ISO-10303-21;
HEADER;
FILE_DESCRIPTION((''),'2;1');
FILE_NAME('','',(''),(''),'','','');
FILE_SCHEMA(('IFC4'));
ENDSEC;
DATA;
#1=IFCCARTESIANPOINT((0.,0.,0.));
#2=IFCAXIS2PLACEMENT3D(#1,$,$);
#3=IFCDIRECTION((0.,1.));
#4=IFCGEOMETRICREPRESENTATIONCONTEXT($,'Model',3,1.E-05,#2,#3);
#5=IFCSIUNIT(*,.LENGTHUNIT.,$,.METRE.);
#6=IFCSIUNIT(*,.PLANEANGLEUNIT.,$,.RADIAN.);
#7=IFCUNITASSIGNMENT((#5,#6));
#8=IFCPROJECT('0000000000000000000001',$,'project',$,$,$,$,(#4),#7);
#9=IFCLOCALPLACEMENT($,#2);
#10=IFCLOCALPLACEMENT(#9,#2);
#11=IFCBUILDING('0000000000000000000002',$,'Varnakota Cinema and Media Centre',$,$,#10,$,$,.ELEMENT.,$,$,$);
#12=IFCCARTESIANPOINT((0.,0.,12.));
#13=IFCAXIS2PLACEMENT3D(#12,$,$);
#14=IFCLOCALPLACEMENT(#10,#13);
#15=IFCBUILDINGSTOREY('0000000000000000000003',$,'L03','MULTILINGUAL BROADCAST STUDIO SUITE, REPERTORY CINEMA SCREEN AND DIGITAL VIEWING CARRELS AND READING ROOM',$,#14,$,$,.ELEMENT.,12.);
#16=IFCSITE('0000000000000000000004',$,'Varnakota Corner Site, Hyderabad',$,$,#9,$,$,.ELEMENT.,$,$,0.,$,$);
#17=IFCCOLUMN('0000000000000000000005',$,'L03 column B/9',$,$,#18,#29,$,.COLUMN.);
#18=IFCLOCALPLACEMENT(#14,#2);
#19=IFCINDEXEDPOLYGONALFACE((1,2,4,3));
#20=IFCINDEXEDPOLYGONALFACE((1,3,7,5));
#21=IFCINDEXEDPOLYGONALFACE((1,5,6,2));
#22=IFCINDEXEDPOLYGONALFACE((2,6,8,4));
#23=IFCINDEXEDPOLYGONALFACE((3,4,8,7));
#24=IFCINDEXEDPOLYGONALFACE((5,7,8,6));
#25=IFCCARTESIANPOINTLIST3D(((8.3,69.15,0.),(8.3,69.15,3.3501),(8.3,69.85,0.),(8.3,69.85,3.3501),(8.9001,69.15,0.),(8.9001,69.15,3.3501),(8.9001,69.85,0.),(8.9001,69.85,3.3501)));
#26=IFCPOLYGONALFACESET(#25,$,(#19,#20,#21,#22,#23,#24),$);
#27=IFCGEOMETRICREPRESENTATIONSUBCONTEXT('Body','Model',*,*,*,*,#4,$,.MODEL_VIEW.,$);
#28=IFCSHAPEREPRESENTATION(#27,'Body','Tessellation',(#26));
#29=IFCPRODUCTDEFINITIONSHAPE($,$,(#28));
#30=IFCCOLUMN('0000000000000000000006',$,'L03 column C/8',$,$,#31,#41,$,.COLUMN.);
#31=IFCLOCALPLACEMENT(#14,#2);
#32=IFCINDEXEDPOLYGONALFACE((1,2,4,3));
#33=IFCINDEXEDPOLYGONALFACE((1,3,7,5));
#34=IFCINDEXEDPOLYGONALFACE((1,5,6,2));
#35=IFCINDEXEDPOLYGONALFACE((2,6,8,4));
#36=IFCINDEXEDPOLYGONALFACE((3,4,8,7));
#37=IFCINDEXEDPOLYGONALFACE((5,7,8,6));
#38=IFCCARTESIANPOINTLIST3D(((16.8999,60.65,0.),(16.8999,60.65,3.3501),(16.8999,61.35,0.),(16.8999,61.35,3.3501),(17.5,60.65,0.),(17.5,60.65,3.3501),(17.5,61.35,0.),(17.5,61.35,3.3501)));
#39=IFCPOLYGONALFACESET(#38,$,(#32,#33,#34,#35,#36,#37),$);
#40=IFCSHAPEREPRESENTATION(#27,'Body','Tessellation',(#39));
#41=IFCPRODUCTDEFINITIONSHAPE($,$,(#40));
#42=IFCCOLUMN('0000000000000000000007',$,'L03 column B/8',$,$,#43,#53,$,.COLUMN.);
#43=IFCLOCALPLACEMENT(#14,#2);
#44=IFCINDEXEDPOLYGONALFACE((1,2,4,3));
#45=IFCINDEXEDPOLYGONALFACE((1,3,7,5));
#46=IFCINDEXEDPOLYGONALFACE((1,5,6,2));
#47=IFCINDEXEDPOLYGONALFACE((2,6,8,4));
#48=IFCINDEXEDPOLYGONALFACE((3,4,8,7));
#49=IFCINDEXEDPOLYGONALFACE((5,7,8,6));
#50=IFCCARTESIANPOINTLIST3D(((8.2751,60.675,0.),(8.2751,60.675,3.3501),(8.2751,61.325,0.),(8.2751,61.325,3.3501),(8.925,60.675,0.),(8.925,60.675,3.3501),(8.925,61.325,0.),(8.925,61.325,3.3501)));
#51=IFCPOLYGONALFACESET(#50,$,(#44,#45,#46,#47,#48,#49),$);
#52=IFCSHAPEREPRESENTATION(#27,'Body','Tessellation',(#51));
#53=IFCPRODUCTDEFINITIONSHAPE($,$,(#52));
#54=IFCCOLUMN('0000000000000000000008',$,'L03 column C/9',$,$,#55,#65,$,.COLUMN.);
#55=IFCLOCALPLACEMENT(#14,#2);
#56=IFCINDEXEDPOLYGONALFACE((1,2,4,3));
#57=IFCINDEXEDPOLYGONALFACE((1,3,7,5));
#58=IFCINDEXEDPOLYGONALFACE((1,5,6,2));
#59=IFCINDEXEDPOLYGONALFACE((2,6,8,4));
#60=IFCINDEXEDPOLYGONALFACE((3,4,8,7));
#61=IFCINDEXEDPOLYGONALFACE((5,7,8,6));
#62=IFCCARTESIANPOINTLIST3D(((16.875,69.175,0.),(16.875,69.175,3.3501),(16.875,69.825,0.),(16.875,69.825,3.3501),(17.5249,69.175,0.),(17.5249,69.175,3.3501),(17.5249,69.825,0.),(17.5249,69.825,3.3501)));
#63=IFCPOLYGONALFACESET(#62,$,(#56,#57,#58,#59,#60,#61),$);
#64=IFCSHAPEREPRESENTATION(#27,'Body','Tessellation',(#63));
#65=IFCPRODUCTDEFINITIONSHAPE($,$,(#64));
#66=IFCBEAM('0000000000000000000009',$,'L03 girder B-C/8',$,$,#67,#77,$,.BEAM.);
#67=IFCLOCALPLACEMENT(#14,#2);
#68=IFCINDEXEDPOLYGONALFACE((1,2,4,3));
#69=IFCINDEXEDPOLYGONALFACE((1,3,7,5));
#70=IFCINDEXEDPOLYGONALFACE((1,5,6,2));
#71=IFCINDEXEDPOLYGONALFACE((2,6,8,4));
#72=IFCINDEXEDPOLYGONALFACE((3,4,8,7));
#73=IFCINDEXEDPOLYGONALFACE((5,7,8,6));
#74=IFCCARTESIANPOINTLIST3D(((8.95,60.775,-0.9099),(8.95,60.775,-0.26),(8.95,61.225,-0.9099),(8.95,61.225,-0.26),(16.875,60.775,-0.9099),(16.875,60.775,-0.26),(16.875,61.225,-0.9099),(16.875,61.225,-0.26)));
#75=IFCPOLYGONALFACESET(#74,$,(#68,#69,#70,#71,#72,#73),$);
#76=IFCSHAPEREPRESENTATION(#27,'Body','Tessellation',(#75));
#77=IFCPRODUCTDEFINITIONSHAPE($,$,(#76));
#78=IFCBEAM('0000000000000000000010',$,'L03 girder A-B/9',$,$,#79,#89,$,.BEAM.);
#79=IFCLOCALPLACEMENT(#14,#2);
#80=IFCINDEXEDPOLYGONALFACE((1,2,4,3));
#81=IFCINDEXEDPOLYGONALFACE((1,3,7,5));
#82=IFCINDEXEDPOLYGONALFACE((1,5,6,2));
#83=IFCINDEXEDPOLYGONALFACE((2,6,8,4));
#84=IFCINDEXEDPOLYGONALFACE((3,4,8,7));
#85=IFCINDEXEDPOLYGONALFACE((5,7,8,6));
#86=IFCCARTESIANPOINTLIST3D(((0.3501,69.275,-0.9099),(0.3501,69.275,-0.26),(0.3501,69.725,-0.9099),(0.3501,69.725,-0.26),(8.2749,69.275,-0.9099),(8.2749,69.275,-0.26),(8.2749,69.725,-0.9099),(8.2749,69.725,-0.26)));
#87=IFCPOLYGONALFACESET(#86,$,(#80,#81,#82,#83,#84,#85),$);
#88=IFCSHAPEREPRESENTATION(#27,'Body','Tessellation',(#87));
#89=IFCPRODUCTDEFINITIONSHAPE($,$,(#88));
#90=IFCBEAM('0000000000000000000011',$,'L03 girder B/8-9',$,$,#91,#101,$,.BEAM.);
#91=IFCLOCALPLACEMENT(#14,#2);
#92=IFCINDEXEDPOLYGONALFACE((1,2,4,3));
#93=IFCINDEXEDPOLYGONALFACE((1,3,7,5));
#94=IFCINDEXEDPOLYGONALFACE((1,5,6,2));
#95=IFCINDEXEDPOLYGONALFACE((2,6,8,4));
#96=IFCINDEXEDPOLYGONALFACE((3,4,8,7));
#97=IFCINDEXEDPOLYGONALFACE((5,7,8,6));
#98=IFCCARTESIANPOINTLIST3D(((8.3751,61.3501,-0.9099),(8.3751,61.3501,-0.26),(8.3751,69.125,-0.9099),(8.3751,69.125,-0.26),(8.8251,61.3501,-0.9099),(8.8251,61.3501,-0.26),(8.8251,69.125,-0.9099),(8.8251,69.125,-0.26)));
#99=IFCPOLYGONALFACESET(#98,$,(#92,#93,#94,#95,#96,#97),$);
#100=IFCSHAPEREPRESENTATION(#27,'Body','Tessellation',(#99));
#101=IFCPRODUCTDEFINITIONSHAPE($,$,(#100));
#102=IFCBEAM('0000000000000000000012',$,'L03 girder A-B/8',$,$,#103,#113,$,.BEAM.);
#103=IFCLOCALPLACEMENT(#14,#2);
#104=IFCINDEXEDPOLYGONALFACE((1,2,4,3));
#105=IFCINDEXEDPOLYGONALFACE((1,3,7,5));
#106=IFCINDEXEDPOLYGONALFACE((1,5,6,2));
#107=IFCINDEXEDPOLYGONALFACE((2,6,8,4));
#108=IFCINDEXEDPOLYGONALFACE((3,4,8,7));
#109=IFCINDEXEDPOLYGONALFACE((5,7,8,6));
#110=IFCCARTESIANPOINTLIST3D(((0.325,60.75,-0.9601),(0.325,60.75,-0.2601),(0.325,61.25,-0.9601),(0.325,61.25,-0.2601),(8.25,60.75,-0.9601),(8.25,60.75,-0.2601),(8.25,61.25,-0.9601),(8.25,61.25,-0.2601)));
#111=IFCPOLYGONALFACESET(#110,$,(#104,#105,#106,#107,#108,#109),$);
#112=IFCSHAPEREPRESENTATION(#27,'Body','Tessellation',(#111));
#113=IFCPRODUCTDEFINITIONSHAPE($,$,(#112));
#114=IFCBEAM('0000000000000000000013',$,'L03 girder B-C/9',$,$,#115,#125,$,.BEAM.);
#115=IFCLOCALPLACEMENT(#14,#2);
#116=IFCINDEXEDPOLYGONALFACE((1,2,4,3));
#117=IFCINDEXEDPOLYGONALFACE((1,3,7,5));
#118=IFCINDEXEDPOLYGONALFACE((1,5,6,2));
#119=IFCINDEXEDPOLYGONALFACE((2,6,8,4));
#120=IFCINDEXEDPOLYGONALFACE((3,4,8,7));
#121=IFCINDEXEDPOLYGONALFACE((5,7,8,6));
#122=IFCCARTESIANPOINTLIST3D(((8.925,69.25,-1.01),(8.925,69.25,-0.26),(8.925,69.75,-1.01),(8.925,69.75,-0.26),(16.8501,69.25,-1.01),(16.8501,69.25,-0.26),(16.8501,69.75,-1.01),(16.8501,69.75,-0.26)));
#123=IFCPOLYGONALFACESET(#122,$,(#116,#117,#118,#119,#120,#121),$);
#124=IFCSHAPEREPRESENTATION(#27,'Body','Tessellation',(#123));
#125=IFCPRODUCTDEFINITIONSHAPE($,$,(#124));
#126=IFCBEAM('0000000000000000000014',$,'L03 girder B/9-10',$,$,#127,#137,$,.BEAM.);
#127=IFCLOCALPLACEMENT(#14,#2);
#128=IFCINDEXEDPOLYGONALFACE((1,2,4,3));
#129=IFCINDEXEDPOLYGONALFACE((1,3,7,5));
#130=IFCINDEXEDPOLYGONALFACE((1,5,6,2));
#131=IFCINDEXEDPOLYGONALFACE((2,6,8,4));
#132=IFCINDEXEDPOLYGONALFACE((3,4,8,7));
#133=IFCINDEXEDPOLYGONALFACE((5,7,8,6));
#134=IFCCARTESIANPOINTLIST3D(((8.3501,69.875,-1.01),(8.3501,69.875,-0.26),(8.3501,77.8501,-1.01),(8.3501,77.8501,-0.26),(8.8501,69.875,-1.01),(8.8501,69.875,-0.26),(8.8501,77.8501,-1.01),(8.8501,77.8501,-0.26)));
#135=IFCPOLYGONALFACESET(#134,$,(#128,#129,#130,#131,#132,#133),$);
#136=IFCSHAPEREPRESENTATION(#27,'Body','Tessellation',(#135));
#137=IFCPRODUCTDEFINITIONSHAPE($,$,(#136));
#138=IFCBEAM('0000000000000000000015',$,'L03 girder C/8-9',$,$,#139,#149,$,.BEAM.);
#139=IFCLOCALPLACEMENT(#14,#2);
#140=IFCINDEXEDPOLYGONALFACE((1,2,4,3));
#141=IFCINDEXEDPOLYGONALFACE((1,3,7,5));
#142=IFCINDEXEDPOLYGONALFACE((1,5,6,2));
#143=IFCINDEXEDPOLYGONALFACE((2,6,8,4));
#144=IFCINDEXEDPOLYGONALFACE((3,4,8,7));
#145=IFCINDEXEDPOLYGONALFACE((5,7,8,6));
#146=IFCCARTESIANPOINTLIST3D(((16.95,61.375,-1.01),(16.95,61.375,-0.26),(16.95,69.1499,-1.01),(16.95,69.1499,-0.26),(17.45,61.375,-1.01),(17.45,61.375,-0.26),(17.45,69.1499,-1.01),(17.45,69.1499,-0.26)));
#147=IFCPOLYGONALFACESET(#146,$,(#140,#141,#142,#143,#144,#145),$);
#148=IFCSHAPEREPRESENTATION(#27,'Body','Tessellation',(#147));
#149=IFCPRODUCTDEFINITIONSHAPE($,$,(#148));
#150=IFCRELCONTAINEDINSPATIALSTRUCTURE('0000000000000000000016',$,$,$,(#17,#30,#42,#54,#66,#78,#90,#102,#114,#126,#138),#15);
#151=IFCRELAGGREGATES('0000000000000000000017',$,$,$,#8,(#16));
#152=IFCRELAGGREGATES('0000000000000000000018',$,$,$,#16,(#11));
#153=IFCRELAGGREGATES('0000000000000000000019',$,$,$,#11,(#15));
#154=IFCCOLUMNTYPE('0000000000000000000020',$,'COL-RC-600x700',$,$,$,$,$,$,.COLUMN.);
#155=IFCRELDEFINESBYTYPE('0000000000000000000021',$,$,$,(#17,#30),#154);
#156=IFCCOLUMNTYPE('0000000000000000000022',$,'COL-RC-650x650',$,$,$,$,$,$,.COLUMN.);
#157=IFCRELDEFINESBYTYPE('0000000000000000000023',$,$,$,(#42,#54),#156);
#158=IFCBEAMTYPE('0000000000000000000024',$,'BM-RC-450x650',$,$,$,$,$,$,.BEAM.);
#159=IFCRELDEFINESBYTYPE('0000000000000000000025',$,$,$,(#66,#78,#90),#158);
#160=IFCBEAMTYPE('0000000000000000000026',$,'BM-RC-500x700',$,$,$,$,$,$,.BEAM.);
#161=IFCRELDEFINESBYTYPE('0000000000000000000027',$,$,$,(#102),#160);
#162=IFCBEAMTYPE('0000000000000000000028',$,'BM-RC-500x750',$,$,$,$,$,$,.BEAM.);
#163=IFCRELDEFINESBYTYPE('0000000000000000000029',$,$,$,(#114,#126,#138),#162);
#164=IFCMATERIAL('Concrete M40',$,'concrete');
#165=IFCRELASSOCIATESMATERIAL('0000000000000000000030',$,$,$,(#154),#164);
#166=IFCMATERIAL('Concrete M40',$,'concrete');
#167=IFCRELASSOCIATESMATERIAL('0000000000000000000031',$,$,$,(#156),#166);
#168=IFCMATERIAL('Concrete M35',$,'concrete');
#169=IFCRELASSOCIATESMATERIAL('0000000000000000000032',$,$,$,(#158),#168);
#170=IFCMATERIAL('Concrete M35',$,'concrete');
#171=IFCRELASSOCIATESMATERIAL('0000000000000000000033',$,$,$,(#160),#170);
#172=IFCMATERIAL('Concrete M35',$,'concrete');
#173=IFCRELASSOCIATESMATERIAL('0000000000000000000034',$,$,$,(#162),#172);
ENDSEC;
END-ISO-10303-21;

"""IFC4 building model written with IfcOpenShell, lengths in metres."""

from ifc_helpers import new_model, si_unit, direction, frame, origin, origin_2d, place, context, subcontext, project, spatial, rectangle, extrude, material, material_profile, profile_set, type_object, element, save


model = new_model("IFC4")

# Units and contexts
model_context = context("Model", 3, precision=1e-05, world=origin(), true_north=direction((0.0, 1.0)))
body_context = subcontext(model_context, "Body", "Model", "MODEL_VIEW")
ifc_project = project(units=[si_unit("LENGTHUNIT", "METRE"), si_unit("PLANEANGLEUNIT", "RADIAN")], contexts=[model_context])

# Site, building, storey
site_placement = place(None, origin())
site = spatial("IfcSite", under=ifc_project, at=site_placement, Name="Varnakota Corner Site, Hyderabad", CompositionType="ELEMENT", RefElevation=0.0)
building_placement = place(site_placement, origin())
building = spatial("IfcBuilding", under=site, at=building_placement, Name="Varnakota Cinema and Media Centre", CompositionType="ELEMENT")
storey_placement = place(building_placement, frame((0.0, 0.0, 12.0)))
storey = spatial("IfcBuildingStorey", under=building, at=storey_placement, Name="L03", Description="MULTILINGUAL BROADCAST STUDIO SUITE, REPERTORY CINEMA SCREEN AND DIGITAL VIEWING CARRELS AND READING ROOM", CompositionType="ELEMENT", Elevation=12.0)

# Columns
ifc_material_1 = material(Name="Concrete M40", Category="concrete")
ifc_material_profile_1 = material_profile(ifc_material_1, rectangle(XDim=0.6001, YDim=0.7, at=origin_2d()), Name="RC 600x700")
ifc_profile_set_1 = profile_set([ifc_material_profile_1], Name="Concrete M40")
column_type_1 = type_object("IfcColumnType", Name="COL-RC-600x700", PredefinedType="COLUMN", material=ifc_profile_set_1)
for number, where, z_axis, x_axis, name in (
    (1, (8.6001, 69.5, 0.0), (0.0, 0.0, 1.0), (1.0, 0.0, 0.0), "L03 column B/9"),
    (2, (17.2, 61.0, 0.0), (0.0, 0.0, 1.0), (1.0, 0.0, 0.0), "L03 column C/8"),
):
    element("IfcColumn", number, at=place(storey_placement, frame(where, z_axis=z_axis, x_axis=x_axis)), inside=storey, type_object=column_type_1, Name=name, PredefinedType="COLUMN", context=body_context, shape_type="SweptSolid", body=[
        extrude(rectangle(XDim=0.6001, YDim=0.7, at=origin_2d()), origin(), (0.0, 0.0, 1.0), 3.3501),
    ])
ifc_material_2 = material(Name="Concrete M40", Category="concrete")
ifc_material_profile_2 = material_profile(ifc_material_2, rectangle(XDim=0.6499, YDim=0.6499, at=origin_2d()), Name="RC 650x650")
ifc_profile_set_2 = profile_set([ifc_material_profile_2], Name="Concrete M40")
column_type_2 = type_object("IfcColumnType", Name="COL-RC-650x650", PredefinedType="COLUMN", material=ifc_profile_set_2)
for number, where, z_axis, x_axis, name in (
    (3, (8.6001, 61.0, 0.0), (0.0, 0.0, 1.0), (1.0, 0.0, 0.0), "L03 column B/8"),
    (4, (17.2, 69.5, 0.0), (0.0, 0.0, 1.0), (1.0, 0.0, 0.0), "L03 column C/9"),
):
    element("IfcColumn", number, at=place(storey_placement, frame(where, z_axis=z_axis, x_axis=x_axis)), inside=storey, type_object=column_type_2, Name=name, PredefinedType="COLUMN", context=body_context, shape_type="SweptSolid", body=[
        extrude(rectangle(XDim=0.6499, YDim=0.6499, at=origin_2d()), origin(), (0.0, 0.0, 1.0), 3.3501),
    ])

# Beams
ifc_material_3 = material(Name="Concrete M35", Category="concrete")
ifc_material_profile_3 = material_profile(ifc_material_3, rectangle(XDim=0.45, YDim=0.6499, at=origin_2d()), Name="RCB 450x650")
ifc_profile_set_3 = profile_set([ifc_material_profile_3], Name="Concrete M35")
beam_type_1 = type_object("IfcBeamType", Name="BM-RC-450x650", PredefinedType="BEAM", material=ifc_profile_set_3)
beam_1_placement = place(storey_placement, frame((8.95, 61.0, -0.585), z_axis=(1.0, 0.0, 0.0), x_axis=(0.0, 1.0, 0.0)))
element("IfcBeam", 5, at=beam_1_placement, inside=storey, type_object=beam_type_1, Name="L03 girder B-C/8", PredefinedType="BEAM", context=body_context, shape_type="SweptSolid", body=[
    extrude(rectangle(XDim=0.45, YDim=0.6499, at=origin_2d()), origin(), (0.0, 0.0, 1.0), 7.925),
])
beam_2_placement = place(storey_placement, frame((0.3501, 69.5, -0.585), z_axis=(1.0, 0.0, 0.0), x_axis=(0.0, 1.0, 0.0)))
element("IfcBeam", 6, at=beam_2_placement, inside=storey, type_object=beam_type_1, Name="L03 girder A-B/9", PredefinedType="BEAM", context=body_context, shape_type="SweptSolid", body=[
    extrude(rectangle(XDim=0.45, YDim=0.6499, at=origin_2d()), origin(), (0.0, 0.0, 1.0), 7.9248),
])
beam_3_placement = place(storey_placement, frame((8.6001, 61.3501, -0.585), z_axis=(0.0, 1.0, 0.0), x_axis=(-1.0, 0.0, 0.0)))
element("IfcBeam", 7, at=beam_3_placement, inside=storey, type_object=beam_type_1, Name="L03 girder B/8-9", PredefinedType="BEAM", context=body_context, shape_type="SweptSolid", body=[
    extrude(rectangle(XDim=0.45, YDim=0.6499, at=origin_2d()), origin(), (0.0, 0.0, 1.0), 7.7749),
])
ifc_material_4 = material(Name="Concrete M35", Category="concrete")
ifc_material_profile_4 = material_profile(ifc_material_4, rectangle(XDim=0.5, YDim=0.7, at=origin_2d()), Name="RCB 500x700")
ifc_profile_set_4 = profile_set([ifc_material_profile_4], Name="Concrete M35")
beam_type_2 = type_object("IfcBeamType", Name="BM-RC-500x700", PredefinedType="BEAM", material=ifc_profile_set_4)
beam_4_placement = place(storey_placement, frame((0.325, 61.0, -0.6101), z_axis=(1.0, 0.0, 0.0), x_axis=(0.0, 1.0, 0.0)))
element("IfcBeam", 8, at=beam_4_placement, inside=storey, type_object=beam_type_2, Name="L03 girder A-B/8", PredefinedType="BEAM", context=body_context, shape_type="SweptSolid", body=[
    extrude(rectangle(XDim=0.5, YDim=0.7, at=origin_2d()), origin(), (0.0, 0.0, 1.0), 7.925),
])
ifc_material_5 = material(Name="Concrete M35", Category="concrete")
ifc_material_profile_5 = material_profile(ifc_material_5, rectangle(XDim=0.5, YDim=0.75, at=origin_2d()), Name="RCB 500x750")
ifc_profile_set_5 = profile_set([ifc_material_profile_5], Name="Concrete M35")
beam_type_3 = type_object("IfcBeamType", Name="BM-RC-500x750", PredefinedType="BEAM", material=ifc_profile_set_5)
beam_5_placement = place(storey_placement, frame((8.925, 69.5, -0.635), z_axis=(1.0, 0.0, 0.0), x_axis=(0.0, 1.0, 0.0)))
element("IfcBeam", 9, at=beam_5_placement, inside=storey, type_object=beam_type_3, Name="L03 girder B-C/9", PredefinedType="BEAM", context=body_context, shape_type="SweptSolid", body=[
    extrude(rectangle(XDim=0.5, YDim=0.75, at=origin_2d()), origin(), (0.0, 0.0, 1.0), 7.925),
])
beam_6_placement = place(storey_placement, frame((8.6001, 69.875, -0.635), z_axis=(0.0, 1.0, 0.0), x_axis=(-1.0, 0.0, 0.0)))
element("IfcBeam", 10, at=beam_6_placement, inside=storey, type_object=beam_type_3, Name="L03 girder B/9-10", PredefinedType="BEAM", context=body_context, shape_type="SweptSolid", body=[
    extrude(rectangle(XDim=0.5, YDim=0.75, at=origin_2d()), origin(), (0.0, 0.0, 1.0), 7.9751),
])
beam_7_placement = place(storey_placement, frame((17.2, 61.375, -0.635), z_axis=(0.0, 1.0, 0.0), x_axis=(-1.0, 0.0, 0.0)))
element("IfcBeam", 11, at=beam_7_placement, inside=storey, type_object=beam_type_3, Name="L03 girder C/8-9", PredefinedType="BEAM", context=body_context, shape_type="SweptSolid", body=[
    extrude(rectangle(XDim=0.5, YDim=0.75, at=origin_2d()), origin(), (0.0, 0.0, 1.0), 7.7749),
])

save(model, "model.ifc")
